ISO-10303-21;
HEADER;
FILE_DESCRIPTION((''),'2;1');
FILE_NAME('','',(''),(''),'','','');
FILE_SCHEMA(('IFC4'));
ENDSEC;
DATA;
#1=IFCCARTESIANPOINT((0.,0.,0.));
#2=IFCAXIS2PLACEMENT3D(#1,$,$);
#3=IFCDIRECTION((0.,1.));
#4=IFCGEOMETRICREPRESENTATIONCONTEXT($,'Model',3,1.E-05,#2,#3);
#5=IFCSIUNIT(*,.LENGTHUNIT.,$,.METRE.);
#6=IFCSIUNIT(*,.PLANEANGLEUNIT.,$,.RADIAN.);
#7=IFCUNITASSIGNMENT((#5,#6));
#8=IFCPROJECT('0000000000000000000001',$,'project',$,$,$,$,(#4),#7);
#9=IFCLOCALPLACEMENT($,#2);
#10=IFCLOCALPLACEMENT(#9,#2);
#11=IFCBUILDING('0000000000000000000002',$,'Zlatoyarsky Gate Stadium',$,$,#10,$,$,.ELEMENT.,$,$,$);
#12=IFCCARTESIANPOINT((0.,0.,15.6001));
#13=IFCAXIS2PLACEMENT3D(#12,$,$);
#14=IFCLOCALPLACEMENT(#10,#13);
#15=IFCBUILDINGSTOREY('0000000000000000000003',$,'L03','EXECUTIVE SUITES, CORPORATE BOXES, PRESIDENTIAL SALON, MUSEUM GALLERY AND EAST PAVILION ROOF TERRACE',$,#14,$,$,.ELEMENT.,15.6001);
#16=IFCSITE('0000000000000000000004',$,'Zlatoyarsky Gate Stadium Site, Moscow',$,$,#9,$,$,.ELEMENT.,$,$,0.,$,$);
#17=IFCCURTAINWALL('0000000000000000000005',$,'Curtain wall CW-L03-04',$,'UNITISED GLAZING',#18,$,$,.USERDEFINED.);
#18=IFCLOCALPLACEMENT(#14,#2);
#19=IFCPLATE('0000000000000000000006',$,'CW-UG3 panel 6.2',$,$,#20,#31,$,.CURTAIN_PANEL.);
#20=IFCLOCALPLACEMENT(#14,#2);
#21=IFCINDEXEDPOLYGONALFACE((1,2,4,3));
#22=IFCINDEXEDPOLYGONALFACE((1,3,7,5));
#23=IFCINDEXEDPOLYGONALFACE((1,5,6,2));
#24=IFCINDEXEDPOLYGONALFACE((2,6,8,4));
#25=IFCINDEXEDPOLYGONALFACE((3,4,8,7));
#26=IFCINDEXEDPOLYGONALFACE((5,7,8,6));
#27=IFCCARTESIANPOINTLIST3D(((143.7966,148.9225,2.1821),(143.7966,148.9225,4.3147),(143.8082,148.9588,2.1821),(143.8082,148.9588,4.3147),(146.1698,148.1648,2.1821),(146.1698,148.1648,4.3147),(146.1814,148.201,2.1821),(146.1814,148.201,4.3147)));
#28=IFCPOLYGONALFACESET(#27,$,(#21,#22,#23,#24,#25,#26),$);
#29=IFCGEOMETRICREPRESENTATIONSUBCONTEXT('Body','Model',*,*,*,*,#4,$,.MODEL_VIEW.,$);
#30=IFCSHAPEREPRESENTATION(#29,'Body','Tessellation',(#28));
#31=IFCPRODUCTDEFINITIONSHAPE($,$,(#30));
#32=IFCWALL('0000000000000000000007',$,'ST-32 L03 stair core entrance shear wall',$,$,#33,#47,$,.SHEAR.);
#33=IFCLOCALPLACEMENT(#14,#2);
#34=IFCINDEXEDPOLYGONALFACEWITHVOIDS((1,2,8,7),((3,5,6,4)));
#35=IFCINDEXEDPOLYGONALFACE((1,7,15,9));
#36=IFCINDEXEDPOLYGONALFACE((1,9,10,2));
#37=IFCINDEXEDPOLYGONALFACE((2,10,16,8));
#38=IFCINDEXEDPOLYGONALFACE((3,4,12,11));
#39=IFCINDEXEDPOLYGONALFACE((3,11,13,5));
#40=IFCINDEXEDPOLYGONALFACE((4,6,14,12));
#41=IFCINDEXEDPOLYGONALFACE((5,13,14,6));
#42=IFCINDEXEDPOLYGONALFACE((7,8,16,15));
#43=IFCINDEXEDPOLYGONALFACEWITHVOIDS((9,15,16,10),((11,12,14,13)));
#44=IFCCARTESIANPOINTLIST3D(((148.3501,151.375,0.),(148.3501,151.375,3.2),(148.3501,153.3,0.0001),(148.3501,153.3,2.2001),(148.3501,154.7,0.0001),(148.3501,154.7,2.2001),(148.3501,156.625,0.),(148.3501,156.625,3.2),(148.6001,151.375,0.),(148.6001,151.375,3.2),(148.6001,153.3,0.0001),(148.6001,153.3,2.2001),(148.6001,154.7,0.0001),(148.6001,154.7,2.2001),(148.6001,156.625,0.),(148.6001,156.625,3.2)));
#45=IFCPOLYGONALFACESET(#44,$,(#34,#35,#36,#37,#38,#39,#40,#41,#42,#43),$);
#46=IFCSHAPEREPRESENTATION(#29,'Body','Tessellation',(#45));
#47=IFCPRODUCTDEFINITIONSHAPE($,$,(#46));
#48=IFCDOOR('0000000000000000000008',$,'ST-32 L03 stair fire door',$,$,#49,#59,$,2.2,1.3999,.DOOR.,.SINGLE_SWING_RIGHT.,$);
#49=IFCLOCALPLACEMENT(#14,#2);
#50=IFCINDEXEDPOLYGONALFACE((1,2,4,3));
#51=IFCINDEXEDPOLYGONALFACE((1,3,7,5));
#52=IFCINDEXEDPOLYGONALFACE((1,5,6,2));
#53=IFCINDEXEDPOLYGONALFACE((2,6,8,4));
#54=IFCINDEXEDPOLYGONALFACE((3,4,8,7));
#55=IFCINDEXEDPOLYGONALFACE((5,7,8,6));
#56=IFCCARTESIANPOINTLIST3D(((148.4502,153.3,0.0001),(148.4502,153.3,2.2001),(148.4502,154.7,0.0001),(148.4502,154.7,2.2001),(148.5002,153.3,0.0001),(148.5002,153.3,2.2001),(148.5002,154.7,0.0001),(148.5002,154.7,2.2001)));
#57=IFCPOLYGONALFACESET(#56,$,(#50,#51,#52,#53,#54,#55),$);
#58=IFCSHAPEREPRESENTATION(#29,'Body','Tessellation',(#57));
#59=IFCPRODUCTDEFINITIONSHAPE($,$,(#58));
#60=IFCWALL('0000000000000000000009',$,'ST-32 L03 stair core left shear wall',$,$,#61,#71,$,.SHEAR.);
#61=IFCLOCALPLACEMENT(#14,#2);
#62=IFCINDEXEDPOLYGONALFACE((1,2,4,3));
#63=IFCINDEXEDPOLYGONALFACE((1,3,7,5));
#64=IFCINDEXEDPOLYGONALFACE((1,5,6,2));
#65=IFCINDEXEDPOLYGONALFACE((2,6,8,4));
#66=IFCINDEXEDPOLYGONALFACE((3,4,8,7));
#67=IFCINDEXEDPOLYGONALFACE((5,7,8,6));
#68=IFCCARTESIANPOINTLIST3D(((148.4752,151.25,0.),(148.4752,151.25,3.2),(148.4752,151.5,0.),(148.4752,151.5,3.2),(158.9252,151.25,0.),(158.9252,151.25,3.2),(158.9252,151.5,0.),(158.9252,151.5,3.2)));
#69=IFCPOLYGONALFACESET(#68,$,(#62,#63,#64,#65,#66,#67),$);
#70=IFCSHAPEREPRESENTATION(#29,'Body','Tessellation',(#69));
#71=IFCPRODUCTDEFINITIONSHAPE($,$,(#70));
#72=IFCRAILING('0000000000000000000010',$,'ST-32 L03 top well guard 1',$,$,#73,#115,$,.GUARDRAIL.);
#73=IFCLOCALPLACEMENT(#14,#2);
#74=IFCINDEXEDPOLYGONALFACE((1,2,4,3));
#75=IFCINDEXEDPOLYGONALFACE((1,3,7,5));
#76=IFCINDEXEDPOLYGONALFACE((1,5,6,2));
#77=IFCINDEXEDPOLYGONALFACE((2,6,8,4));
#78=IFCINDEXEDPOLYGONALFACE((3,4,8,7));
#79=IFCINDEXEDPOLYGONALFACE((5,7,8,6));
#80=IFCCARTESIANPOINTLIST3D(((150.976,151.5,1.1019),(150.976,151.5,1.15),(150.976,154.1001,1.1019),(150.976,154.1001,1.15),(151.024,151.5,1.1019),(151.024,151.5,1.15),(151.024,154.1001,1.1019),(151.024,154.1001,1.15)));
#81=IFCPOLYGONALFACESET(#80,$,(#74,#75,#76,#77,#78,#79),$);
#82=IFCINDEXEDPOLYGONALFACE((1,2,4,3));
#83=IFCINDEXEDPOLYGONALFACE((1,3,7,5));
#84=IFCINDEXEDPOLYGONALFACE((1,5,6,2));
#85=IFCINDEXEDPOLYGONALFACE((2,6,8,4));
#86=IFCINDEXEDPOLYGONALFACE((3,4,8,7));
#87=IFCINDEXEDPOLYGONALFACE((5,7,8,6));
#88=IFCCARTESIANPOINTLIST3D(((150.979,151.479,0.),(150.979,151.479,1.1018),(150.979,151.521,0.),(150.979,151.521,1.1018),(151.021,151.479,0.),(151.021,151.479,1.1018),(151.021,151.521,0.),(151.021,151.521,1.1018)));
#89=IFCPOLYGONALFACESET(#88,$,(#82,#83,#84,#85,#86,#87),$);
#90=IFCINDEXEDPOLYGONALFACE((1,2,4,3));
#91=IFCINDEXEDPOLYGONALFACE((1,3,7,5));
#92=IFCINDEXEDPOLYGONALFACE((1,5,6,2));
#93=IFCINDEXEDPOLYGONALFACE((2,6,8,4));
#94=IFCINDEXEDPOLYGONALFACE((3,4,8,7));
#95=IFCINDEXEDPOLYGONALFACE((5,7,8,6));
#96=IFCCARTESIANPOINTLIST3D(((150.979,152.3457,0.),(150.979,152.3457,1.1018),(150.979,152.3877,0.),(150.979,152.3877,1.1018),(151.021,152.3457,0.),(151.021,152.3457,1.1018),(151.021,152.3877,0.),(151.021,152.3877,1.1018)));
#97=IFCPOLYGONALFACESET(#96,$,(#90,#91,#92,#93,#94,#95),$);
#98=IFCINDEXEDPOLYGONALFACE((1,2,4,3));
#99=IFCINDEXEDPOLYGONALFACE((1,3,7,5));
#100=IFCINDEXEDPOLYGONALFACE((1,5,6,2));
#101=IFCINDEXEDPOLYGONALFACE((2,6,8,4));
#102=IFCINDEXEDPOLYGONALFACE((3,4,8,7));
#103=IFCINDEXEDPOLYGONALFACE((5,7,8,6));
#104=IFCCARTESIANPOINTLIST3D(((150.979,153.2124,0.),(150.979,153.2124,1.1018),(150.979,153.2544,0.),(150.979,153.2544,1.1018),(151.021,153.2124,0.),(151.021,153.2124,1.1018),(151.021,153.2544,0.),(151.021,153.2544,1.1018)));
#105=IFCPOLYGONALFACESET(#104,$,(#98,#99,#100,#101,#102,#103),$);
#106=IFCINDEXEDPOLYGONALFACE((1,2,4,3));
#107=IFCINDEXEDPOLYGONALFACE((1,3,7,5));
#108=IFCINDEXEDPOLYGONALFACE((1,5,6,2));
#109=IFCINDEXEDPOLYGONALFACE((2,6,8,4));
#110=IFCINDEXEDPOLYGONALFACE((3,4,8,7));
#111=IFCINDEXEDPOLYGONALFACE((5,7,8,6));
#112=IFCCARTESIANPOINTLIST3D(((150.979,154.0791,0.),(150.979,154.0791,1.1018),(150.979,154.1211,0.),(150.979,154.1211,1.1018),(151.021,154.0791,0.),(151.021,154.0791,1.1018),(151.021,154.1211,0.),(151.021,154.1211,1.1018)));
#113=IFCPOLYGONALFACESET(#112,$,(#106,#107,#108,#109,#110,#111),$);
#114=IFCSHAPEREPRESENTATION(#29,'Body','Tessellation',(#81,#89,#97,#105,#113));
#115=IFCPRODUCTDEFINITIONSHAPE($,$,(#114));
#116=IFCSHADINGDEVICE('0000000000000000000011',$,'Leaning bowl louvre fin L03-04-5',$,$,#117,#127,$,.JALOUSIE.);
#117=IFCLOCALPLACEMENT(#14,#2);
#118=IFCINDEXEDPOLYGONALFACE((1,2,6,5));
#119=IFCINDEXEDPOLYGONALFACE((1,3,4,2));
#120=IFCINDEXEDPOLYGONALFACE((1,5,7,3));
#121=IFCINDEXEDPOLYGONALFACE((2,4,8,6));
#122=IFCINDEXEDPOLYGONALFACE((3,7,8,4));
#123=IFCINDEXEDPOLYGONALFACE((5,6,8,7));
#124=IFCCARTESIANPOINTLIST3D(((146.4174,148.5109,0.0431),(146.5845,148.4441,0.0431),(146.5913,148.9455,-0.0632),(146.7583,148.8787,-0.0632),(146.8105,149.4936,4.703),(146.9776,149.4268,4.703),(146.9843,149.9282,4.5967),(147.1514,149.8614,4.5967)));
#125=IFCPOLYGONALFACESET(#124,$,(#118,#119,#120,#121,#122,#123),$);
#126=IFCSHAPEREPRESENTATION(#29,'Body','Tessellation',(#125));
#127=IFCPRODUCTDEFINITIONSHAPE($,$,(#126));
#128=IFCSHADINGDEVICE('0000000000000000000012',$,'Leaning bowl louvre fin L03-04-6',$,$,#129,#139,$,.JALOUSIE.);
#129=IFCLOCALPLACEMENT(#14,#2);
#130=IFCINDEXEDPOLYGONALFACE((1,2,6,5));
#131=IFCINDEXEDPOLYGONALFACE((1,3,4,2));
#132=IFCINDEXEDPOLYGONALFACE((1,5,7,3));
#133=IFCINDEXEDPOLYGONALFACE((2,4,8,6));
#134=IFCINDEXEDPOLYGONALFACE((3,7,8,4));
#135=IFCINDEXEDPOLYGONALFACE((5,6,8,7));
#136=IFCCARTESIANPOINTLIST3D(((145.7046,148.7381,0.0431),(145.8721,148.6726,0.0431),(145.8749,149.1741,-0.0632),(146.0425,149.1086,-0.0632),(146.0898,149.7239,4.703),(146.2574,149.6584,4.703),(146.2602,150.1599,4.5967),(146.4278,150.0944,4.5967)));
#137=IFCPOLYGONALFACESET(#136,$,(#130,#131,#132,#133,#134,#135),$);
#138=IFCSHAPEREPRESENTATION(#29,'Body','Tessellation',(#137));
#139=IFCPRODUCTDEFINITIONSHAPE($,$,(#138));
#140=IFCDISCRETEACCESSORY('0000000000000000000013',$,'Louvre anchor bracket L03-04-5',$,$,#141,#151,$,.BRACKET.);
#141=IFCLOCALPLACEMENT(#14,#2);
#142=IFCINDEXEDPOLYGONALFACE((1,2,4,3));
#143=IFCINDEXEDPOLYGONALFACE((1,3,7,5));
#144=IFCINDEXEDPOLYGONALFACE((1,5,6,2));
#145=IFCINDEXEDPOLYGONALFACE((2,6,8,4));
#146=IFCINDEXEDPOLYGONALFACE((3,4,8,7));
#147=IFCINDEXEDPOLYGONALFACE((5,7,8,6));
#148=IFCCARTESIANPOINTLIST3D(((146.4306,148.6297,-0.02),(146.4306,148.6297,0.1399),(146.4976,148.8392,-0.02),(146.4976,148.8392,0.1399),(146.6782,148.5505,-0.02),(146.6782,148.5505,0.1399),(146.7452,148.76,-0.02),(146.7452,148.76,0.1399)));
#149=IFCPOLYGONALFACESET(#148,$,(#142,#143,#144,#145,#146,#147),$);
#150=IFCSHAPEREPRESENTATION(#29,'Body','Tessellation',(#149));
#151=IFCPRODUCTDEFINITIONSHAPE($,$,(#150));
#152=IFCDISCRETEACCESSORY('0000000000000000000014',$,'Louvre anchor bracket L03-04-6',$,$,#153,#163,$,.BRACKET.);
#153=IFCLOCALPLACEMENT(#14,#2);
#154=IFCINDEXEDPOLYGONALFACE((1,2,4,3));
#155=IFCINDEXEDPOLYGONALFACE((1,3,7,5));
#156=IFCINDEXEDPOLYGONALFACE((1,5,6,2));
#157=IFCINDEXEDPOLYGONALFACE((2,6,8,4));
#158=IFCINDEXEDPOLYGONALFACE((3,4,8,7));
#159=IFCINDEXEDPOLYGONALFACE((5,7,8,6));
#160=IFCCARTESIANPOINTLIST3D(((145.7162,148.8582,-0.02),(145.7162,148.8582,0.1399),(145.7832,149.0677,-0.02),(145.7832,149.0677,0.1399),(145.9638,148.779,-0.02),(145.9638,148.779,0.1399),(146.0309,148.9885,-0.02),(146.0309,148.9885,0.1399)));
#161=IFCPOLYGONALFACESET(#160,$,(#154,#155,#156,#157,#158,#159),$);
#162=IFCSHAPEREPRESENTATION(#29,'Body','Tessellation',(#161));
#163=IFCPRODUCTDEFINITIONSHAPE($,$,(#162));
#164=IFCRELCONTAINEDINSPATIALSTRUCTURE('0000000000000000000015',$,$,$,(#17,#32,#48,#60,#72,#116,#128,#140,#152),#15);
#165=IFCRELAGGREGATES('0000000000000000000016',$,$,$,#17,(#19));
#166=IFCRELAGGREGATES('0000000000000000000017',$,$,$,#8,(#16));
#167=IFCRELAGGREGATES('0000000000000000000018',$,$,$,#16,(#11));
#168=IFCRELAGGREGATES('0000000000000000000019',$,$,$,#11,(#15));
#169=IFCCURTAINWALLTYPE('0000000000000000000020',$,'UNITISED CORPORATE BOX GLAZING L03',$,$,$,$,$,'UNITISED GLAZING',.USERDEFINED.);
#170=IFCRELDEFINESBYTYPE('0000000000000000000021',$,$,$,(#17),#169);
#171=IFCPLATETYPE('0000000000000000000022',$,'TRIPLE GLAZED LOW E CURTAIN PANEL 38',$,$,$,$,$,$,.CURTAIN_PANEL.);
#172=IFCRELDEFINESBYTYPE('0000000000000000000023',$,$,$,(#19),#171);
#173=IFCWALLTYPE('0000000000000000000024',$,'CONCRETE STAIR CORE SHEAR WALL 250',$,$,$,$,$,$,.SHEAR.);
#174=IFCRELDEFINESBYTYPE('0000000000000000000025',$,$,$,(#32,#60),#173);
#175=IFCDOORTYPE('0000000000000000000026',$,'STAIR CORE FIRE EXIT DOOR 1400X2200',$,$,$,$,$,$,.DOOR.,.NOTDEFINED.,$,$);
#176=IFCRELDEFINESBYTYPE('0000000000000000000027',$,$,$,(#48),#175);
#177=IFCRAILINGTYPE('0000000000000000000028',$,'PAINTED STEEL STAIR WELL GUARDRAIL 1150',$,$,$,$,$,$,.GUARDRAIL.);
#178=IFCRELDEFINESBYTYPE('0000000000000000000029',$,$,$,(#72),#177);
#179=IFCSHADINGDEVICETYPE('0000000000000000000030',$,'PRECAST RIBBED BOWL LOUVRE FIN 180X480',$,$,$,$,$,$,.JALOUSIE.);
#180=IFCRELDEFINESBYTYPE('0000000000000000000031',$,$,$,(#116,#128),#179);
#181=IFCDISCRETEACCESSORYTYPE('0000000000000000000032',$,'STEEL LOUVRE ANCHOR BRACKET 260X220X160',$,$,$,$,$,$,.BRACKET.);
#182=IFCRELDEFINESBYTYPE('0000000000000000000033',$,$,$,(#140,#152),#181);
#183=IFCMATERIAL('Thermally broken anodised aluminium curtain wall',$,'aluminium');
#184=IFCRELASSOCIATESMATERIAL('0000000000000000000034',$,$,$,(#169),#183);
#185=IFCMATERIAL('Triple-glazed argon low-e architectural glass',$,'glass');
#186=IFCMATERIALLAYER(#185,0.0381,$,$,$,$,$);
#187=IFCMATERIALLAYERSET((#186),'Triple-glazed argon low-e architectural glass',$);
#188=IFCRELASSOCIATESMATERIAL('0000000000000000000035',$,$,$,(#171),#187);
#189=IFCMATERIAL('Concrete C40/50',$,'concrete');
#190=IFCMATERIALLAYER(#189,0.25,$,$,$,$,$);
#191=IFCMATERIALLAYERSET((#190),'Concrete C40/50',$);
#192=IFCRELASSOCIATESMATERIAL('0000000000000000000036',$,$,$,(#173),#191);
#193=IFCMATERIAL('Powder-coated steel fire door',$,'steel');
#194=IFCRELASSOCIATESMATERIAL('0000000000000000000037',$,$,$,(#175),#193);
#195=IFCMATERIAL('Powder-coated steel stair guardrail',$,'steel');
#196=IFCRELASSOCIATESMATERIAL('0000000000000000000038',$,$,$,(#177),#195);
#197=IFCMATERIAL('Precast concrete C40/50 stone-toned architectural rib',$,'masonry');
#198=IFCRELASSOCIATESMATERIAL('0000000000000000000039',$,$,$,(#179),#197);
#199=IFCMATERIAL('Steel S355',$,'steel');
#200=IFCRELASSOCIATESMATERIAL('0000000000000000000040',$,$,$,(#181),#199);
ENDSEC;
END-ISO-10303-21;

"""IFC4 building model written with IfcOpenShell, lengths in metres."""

from ifc_helpers import new_model, si_unit, direction, frame, frame_2d, origin, origin_2d, place, context, subcontext, project, spatial, rectangle, extrude, material, layer, layer_set, material_profile, profile_set, type_object, element, fill, aggregate, save


model = new_model("IFC4")

# Units and contexts
model_context = context("Model", 3, precision=1e-05, world=origin(), true_north=direction((0.0, 1.0)))
body_context = subcontext(model_context, "Body", "Model", "MODEL_VIEW")
ifc_project = project(units=[si_unit("LENGTHUNIT", "METRE"), si_unit("PLANEANGLEUNIT", "RADIAN")], contexts=[model_context])

# Site, building, storey
site_placement = place(None, origin())
site = spatial("IfcSite", under=ifc_project, at=site_placement, Name="Zlatoyarsky Gate Stadium Site, Moscow", CompositionType="ELEMENT", RefElevation=0.0)
building_placement = place(site_placement, origin())
building = spatial("IfcBuilding", under=site, at=building_placement, Name="Zlatoyarsky Gate Stadium", CompositionType="ELEMENT")
storey_placement = place(building_placement, frame((0.0, 0.0, 15.6001)))
storey = spatial("IfcBuildingStorey", under=building, at=storey_placement, Name="L03", Description="EXECUTIVE SUITES, CORPORATE BOXES, PRESIDENTIAL SALON, MUSEUM GALLERY AND EAST PAVILION ROOF TERRACE", CompositionType="ELEMENT", Elevation=15.6001)

# Shared definitions
ifc_material_1 = material(Name="Steel S355", Category="steel")

# Shared definitions
ifc_material_2 = material(Name="Thermally broken anodised aluminium curtain wall", Category="aluminium")

# Curtain wall, plate
curtain_wall_type_1 = type_object("IfcCurtainWallType", Name="UNITISED CORPORATE BOX GLAZING L03", ElementType="UNITISED GLAZING", PredefinedType="USERDEFINED", material=ifc_material_2)
curtain_wall_1_placement = place(storey_placement, origin())
curtain_wall_1 = element("IfcCurtainWall", 1, at=curtain_wall_1_placement, inside=storey, type_object=curtain_wall_type_1, Name="Curtain wall CW-L03-04", ObjectType="UNITISED GLAZING", PredefinedType="USERDEFINED")
ifc_material_3 = material(Name="Triple-glazed argon low-e architectural glass", Category="glass")
ifc_layer_1 = layer(ifc_material_3, 0.0381)
ifc_layer_set_1 = layer_set([ifc_layer_1], Name="Triple-glazed argon low-e architectural glass")
plate_type_1 = type_object("IfcPlateType", Name="TRIPLE GLAZED LOW E CURTAIN PANEL 38", PredefinedType="CURTAIN_PANEL", material=ifc_layer_set_1)
plate_1_placement = place(storey_placement, frame((144.989, 148.5618, 2.1821), z_axis=(0.0, 0.0, 1.0), x_axis=(-0.95262, 0.304162, 0.0)))
plate_1 = element("IfcPlate", 2, at=plate_1_placement, type_object=plate_type_1, Name="CW-UG3 panel 6.2", PredefinedType="CURTAIN_PANEL", context=body_context, shape_type="SweptSolid", body=[
    extrude(rectangle(XDim=2.4912, YDim=0.0381, at=origin_2d()), origin(), (0.0, 0.0, 1.0), 2.1326),
])
aggregate(curtain_wall_1, [plate_1])

# Wall, opening, door
ifc_material_4 = material(Name="Concrete C40/50", Category="concrete")
ifc_layer_2 = layer(ifc_material_4, 0.25)
ifc_layer_set_2 = layer_set([ifc_layer_2], Name="Concrete C40/50")
wall_type = type_object("IfcWallType", Name="CONCRETE STAIR CORE SHEAR WALL 250", PredefinedType="SHEAR", material=ifc_layer_set_2)
wall_1_placement = place(storey_placement, frame((148.4751, 156.625, 0.0), z_axis=(0.0, 0.0, 1.0), x_axis=(0.0, -1.0, 0.0)))
wall_1 = element("IfcWall", 3, at=wall_1_placement, inside=storey, type_object=wall_type, Name="ST-32 L03 stair core entrance shear wall", PredefinedType="SHEAR", context=body_context, shape_type="SweptSolid", body=[
    extrude(rectangle(XDim=5.25, YDim=0.25, at=frame_2d((2.625, 0.0))), origin(), (0.0, 0.0, 1.0), 3.2),
])
opening_placement = place(wall_1_placement, frame((1.925, 0.0, 0.0)))
opening = element("IfcOpeningElement", 4, at=opening_placement, cuts=wall_1, PredefinedType="OPENING", context=body_context, shape_type="SweptSolid", body=[
    extrude(rectangle(XDim=1.3999, YDim=2.2, at=frame_2d((0.7, 1.1001))), frame((0.0, 0.135, 0.0), z_axis=(0.0, -1.0, 0.0), x_axis=(1.0, 0.0, 0.0)), (0.0, 0.0, 1.0), 0.27),
])
ifc_material_5 = material(Name="Powder-coated steel fire door", Category="steel")
door_type = type_object("IfcDoorType", Name="STAIR CORE FIRE EXIT DOOR 1400X2200", OperationType="NOTDEFINED", PredefinedType="DOOR", material=ifc_material_5)
door_placement = place(opening_placement, frame((1.3999, 0.0, 0.0), z_axis=(0.0, 0.0, 1.0), x_axis=(-1.0, 0.0, 0.0)))
door = element("IfcDoor", 5, at=door_placement, inside=storey, type_object=door_type, Name="ST-32 L03 stair fire door", OperationType="SINGLE_SWING_RIGHT", OverallHeight=2.2, OverallWidth=1.3999, PredefinedType="DOOR", context=body_context, shape_type="SweptSolid", body=[
    extrude(rectangle(XDim=1.3999, YDim=2.2, at=frame_2d((0.7, 1.1001))), frame((0.0, 0.0249, 0.0), z_axis=(0.0, -1.0, 0.0), x_axis=(1.0, 0.0, 0.0)), (0.0, 0.0, 1.0), 0.05),
])
fill(opening, door)

# Wall
wall_2_placement = place(storey_placement, frame((148.4751, 151.375, 0.0), z_axis=(0.0, 0.0, 1.0), x_axis=(1.0, 0.0, 0.0)))
element("IfcWall", 6, at=wall_2_placement, inside=storey, type_object=wall_type, Name="ST-32 L03 stair core left shear wall", PredefinedType="SHEAR", context=body_context, shape_type="SweptSolid", body=[
    extrude(rectangle(XDim=10.45, YDim=0.25, at=frame_2d((5.2251, 0.0))), origin(), (0.0, 0.0, 1.0), 3.2),
])

# Railing
ifc_material_6 = material(Name="Powder-coated steel stair guardrail", Category="steel")
railing_type = type_object("IfcRailingType", Name="PAINTED STEEL STAIR WELL GUARDRAIL 1150", PredefinedType="GUARDRAIL", material=ifc_material_6)
railing_placement = place(storey_placement, frame((151.0, 151.5, 0.0)))
element("IfcRailing", 7, at=railing_placement, inside=storey, type_object=railing_type, Name="ST-32 L03 top well guard 1", PredefinedType="GUARDRAIL", context=body_context, shape_type="SweptSolid", body=[
    extrude(rectangle(XDim=0.0481, YDim=0.0481, at=origin_2d()), frame((0.0, 0.0, 1.126), z_axis=(0.0, 1.0, 0.0), x_axis=(-1.0, 0.0, 0.0)), (0.0, 0.0, 1.0), 2.6001),
    extrude(rectangle(XDim=0.042, YDim=0.042, at=origin_2d()), origin(), (0.0, 0.0, 1.0), 1.1018),
    extrude(rectangle(XDim=0.042, YDim=0.042, at=origin_2d()), frame((0.0, 0.8667, 0.0)), (0.0, 0.0, 1.0), 1.1018),
    extrude(rectangle(XDim=0.042, YDim=0.042, at=origin_2d()), frame((0.0, 1.7334, 0.0)), (0.0, 0.0, 1.0), 1.1018),
    extrude(rectangle(XDim=0.042, YDim=0.042, at=origin_2d()), frame((0.0, 2.6001, 0.0)), (0.0, 0.0, 1.0), 1.1018),
])

# Shading devices
ifc_material_7 = material(Name="Precast concrete C40/50 stone-toned architectural rib", Category="masonry")
ifc_material_profile_1 = material_profile(ifc_material_7, rectangle(XDim=0.1799, YDim=0.48, at=origin_2d()), Name="RIB 180X480")
ifc_profile_set_1 = profile_set([ifc_material_profile_1], Name="Precast concrete C40/50 stone-toned architectural rib")
shading_device_type = type_object("IfcShadingDeviceType", Name="PRECAST RIBBED BOWL LOUVRE FIN 180X480", PredefinedType="JALOUSIE", material=ifc_profile_set_1)
for number, where, z_axis, x_axis, name in (
    (8, (146.5879, 148.6948, -0.01), (0.082256, 0.205639, 0.975165), (-0.928477, 0.371391, 0.0), "Leaning bowl louvre fin L03-04-5"),
    (9, (145.8735, 148.9233, -0.01), (0.080621, 0.206303, 0.975161), (-0.931406, 0.363982, 0.0), "Leaning bowl louvre fin L03-04-6"),
):
    element("IfcShadingDevice", number, at=place(storey_placement, frame(where, z_axis=z_axis, x_axis=x_axis)), inside=storey, type_object=shading_device_type, Name=name, PredefinedType="JALOUSIE", context=body_context, shape_type="SweptSolid", body=[
        extrude(rectangle(XDim=0.1799, YDim=0.48, at=origin_2d()), origin(), (0.0, 0.0, 1.0), 4.7786),
    ])

# Discrete accessories
discrete_accessory_type = type_object("IfcDiscreteAccessoryType", Name="STEEL LOUVRE ANCHOR BRACKET 260X220X160", PredefinedType="BRACKET", material=ifc_material_1)
for number, where, z_axis, x_axis, name in (
    (10, (146.5879, 148.6948, -0.02), (0.0, 0.0, 1.0), (-0.952451, 0.304691, 0.0), "Louvre anchor bracket L03-04-5"),
    (11, (145.8735, 148.9233, -0.02), (0.0, 0.0, 1.0), (-0.952451, 0.304691, 0.0), "Louvre anchor bracket L03-04-6"),
):
    element("IfcDiscreteAccessory", number, at=place(storey_placement, frame(where, z_axis=z_axis, x_axis=x_axis)), inside=storey, type_object=discrete_accessory_type, Name=name, PredefinedType="BRACKET", context=body_context, shape_type="SweptSolid", body=[
        extrude(rectangle(XDim=0.26, YDim=0.22, at=origin_2d()), origin(), (0.0, 0.0, 1.0), 0.1599),
    ])

save(model, "model.ifc")
